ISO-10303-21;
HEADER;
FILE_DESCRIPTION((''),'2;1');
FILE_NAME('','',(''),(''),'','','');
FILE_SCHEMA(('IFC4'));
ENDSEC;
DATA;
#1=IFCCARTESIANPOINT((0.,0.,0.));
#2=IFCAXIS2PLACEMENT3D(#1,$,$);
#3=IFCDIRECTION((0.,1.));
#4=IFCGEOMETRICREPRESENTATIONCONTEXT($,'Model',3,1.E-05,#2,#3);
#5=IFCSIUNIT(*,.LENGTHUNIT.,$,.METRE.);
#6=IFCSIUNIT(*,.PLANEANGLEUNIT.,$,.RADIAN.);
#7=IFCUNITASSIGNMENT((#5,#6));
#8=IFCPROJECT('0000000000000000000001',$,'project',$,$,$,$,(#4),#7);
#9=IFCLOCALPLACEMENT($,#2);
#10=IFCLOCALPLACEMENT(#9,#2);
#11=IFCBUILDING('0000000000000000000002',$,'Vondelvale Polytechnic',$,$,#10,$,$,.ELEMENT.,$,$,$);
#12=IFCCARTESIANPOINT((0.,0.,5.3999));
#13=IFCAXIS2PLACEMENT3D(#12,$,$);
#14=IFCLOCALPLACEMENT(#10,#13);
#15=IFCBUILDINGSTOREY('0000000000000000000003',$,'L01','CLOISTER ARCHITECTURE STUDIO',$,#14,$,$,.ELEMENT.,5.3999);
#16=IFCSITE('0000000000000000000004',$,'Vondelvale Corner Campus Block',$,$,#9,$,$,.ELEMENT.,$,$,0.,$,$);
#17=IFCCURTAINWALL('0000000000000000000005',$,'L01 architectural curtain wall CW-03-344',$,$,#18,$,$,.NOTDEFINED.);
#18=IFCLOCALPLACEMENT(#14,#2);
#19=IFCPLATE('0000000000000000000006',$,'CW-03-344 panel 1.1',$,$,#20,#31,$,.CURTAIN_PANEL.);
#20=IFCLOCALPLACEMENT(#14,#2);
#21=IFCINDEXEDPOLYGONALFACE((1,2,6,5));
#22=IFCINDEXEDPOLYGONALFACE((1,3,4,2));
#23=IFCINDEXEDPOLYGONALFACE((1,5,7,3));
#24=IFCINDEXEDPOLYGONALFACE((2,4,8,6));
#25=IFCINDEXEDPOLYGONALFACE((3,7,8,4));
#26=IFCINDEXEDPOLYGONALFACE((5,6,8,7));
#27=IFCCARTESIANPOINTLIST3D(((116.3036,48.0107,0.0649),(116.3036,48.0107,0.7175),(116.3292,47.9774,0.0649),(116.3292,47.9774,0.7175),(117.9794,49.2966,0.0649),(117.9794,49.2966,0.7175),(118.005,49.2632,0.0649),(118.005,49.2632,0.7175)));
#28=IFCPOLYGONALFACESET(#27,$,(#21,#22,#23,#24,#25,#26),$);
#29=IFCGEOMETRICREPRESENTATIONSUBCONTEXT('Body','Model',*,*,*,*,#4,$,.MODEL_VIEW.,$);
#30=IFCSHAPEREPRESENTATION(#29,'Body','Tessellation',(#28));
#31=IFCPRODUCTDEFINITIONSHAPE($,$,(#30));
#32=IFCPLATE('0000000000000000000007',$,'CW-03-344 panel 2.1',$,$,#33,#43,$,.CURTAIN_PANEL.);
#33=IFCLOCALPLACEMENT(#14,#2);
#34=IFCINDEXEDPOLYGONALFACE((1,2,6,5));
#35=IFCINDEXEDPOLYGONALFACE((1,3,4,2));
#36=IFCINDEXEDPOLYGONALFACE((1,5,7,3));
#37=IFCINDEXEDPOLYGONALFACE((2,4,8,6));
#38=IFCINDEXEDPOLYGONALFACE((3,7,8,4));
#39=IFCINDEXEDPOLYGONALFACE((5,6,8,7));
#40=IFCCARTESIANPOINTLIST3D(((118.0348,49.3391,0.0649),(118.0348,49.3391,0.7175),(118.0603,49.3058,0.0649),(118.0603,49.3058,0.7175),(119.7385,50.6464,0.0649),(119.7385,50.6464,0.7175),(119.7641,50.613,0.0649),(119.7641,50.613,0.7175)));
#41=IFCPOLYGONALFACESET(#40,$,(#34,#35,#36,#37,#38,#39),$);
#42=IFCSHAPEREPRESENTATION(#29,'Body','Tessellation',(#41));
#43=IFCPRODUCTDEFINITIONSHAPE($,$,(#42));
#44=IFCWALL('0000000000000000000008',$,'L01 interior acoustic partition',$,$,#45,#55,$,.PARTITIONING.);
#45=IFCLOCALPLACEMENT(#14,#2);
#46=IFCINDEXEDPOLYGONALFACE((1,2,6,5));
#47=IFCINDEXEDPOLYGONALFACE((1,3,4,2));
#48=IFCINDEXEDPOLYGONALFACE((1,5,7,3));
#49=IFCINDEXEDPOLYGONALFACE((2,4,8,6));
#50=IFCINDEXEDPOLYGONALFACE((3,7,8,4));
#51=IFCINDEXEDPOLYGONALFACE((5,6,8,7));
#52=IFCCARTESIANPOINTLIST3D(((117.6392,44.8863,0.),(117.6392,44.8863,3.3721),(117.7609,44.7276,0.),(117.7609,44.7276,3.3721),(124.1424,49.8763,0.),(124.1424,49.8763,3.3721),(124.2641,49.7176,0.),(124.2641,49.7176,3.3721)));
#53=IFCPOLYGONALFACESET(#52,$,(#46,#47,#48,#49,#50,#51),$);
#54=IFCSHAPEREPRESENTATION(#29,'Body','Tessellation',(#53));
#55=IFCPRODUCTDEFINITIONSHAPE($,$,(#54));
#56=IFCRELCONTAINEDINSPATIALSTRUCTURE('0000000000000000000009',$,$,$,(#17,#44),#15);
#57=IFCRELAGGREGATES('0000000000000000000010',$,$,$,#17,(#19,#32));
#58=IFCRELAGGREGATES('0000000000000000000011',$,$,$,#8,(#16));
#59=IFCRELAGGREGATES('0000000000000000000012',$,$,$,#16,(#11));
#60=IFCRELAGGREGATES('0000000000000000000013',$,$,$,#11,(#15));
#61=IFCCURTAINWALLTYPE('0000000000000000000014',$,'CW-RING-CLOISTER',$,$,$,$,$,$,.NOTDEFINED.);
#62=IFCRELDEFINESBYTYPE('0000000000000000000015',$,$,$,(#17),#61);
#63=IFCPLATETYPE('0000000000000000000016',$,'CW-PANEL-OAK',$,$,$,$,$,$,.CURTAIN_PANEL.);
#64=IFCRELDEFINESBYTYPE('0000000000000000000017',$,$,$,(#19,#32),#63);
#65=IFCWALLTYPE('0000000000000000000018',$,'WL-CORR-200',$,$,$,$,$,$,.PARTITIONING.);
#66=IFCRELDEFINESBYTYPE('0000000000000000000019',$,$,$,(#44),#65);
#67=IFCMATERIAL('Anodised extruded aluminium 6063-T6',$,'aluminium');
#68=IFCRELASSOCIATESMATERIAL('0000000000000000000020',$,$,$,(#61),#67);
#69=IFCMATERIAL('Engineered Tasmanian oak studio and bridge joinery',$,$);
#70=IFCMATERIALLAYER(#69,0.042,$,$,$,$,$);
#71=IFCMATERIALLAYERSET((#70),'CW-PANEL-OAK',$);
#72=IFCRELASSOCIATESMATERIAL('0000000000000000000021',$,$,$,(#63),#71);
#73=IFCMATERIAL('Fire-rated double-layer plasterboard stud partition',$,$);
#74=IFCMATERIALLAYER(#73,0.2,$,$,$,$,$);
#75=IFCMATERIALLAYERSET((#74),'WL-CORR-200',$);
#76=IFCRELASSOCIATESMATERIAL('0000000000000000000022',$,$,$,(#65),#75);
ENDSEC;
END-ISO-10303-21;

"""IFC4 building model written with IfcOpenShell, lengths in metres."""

from ifc_helpers import new_model, si_unit, direction, frame, frame_2d, origin, origin_2d, place, context, subcontext, project, spatial, rectangle, extrude, material, layer, layer_set, type_object, element, aggregate, save


model = new_model("IFC4")

# Units and contexts
model_context = context("Model", 3, precision=1e-05, world=origin(), true_north=direction((0.0, 1.0)))
body_context = subcontext(model_context, "Body", "Model", "MODEL_VIEW")
ifc_project = project(units=[si_unit("LENGTHUNIT", "METRE"), si_unit("PLANEANGLEUNIT", "RADIAN")], contexts=[model_context])

# Site, building, storey
site_placement = place(None, origin())
site = spatial("IfcSite", under=ifc_project, at=site_placement, Name="Vondelvale Corner Campus Block", CompositionType="ELEMENT", RefElevation=0.0)
building_placement = place(site_placement, origin())
building = spatial("IfcBuilding", under=site, at=building_placement, Name="Vondelvale Polytechnic", CompositionType="ELEMENT")
storey_placement = place(building_placement, frame((0.0, 0.0, 5.3999)))
storey = spatial("IfcBuildingStorey", under=building, at=storey_placement, Name="L01", Description="CLOISTER ARCHITECTURE STUDIO", CompositionType="ELEMENT", Elevation=5.3999)

# Curtain wall
ifc_material_1 = material(Name="Anodised extruded aluminium 6063-T6", Category="aluminium")
curtain_wall_type = type_object("IfcCurtainWallType", Name="CW-RING-CLOISTER", PredefinedType="NOTDEFINED", material=ifc_material_1)
curtain_wall_placement = place(storey_placement, origin())
curtain_wall = element("IfcCurtainWall", 1, at=curtain_wall_placement, inside=storey, type_object=curtain_wall_type, Name="L01 architectural curtain wall CW-03-344", PredefinedType="NOTDEFINED")

# Plates
ifc_material_2 = material(Name="Engineered Tasmanian oak studio and bridge joinery")
ifc_layer_1 = layer(ifc_material_2, 0.042)
ifc_layer_set_1 = layer_set([ifc_layer_1], Name="CW-PANEL-OAK")
plate_type_1 = type_object("IfcPlateType", Name="CW-PANEL-OAK", PredefinedType="CURTAIN_PANEL", material=ifc_layer_set_1)
plate_1_placement = place(storey_placement, frame((117.1543, 48.637, 0.0649), z_axis=(0.0, 0.0, 1.0), x_axis=(0.793364, 0.608748, 0.0)))
plate_1 = element("IfcPlate", 2, at=plate_1_placement, type_object=plate_type_1, Name="CW-03-344 panel 1.1", PredefinedType="CURTAIN_PANEL", context=body_context, shape_type="SweptSolid", body=[
    extrude(rectangle(XDim=2.1123, YDim=0.042, at=origin_2d()), origin(), (0.0, 0.0, 1.0), 0.6526),
])
plate_2_placement = place(storey_placement, frame((118.8994, 49.9761, 0.0649), z_axis=(0.0, 0.0, 1.0), x_axis=(0.793364, 0.608748, 0.0)))
plate_2 = element("IfcPlate", 3, at=plate_2_placement, type_object=plate_type_1, Name="CW-03-344 panel 2.1", PredefinedType="CURTAIN_PANEL", context=body_context, shape_type="SweptSolid", body=[
    extrude(rectangle(XDim=2.1475, YDim=0.042, at=origin_2d()), origin(), (0.0, 0.0, 1.0), 0.6526),
])
aggregate(curtain_wall, [plate_1, plate_2])

# Wall
ifc_material_3 = material(Name="Fire-rated double-layer plasterboard stud partition")
ifc_layer_2 = layer(ifc_material_3, 0.2)
ifc_layer_set_2 = layer_set([ifc_layer_2], Name="WL-CORR-200")
wall_type = type_object("IfcWallType", Name="WL-CORR-200", PredefinedType="PARTITIONING", material=ifc_layer_set_2)
wall_placement = place(storey_placement, frame((117.7, 44.8069, 0.0), z_axis=(0.0, 0.0, 1.0), x_axis=(0.793357, 0.608756, 0.0)))
element("IfcWall", 4, at=wall_placement, inside=storey, type_object=wall_type, Name="L01 interior acoustic partition", PredefinedType="PARTITIONING", context=body_context, shape_type="SweptSolid", body=[
    extrude(rectangle(XDim=8.197, YDim=0.2, at=frame_2d((4.0986, 0.0))), origin(), (0.0, 0.0, 1.0), 3.3721),
])

save(model, "model.ifc")
